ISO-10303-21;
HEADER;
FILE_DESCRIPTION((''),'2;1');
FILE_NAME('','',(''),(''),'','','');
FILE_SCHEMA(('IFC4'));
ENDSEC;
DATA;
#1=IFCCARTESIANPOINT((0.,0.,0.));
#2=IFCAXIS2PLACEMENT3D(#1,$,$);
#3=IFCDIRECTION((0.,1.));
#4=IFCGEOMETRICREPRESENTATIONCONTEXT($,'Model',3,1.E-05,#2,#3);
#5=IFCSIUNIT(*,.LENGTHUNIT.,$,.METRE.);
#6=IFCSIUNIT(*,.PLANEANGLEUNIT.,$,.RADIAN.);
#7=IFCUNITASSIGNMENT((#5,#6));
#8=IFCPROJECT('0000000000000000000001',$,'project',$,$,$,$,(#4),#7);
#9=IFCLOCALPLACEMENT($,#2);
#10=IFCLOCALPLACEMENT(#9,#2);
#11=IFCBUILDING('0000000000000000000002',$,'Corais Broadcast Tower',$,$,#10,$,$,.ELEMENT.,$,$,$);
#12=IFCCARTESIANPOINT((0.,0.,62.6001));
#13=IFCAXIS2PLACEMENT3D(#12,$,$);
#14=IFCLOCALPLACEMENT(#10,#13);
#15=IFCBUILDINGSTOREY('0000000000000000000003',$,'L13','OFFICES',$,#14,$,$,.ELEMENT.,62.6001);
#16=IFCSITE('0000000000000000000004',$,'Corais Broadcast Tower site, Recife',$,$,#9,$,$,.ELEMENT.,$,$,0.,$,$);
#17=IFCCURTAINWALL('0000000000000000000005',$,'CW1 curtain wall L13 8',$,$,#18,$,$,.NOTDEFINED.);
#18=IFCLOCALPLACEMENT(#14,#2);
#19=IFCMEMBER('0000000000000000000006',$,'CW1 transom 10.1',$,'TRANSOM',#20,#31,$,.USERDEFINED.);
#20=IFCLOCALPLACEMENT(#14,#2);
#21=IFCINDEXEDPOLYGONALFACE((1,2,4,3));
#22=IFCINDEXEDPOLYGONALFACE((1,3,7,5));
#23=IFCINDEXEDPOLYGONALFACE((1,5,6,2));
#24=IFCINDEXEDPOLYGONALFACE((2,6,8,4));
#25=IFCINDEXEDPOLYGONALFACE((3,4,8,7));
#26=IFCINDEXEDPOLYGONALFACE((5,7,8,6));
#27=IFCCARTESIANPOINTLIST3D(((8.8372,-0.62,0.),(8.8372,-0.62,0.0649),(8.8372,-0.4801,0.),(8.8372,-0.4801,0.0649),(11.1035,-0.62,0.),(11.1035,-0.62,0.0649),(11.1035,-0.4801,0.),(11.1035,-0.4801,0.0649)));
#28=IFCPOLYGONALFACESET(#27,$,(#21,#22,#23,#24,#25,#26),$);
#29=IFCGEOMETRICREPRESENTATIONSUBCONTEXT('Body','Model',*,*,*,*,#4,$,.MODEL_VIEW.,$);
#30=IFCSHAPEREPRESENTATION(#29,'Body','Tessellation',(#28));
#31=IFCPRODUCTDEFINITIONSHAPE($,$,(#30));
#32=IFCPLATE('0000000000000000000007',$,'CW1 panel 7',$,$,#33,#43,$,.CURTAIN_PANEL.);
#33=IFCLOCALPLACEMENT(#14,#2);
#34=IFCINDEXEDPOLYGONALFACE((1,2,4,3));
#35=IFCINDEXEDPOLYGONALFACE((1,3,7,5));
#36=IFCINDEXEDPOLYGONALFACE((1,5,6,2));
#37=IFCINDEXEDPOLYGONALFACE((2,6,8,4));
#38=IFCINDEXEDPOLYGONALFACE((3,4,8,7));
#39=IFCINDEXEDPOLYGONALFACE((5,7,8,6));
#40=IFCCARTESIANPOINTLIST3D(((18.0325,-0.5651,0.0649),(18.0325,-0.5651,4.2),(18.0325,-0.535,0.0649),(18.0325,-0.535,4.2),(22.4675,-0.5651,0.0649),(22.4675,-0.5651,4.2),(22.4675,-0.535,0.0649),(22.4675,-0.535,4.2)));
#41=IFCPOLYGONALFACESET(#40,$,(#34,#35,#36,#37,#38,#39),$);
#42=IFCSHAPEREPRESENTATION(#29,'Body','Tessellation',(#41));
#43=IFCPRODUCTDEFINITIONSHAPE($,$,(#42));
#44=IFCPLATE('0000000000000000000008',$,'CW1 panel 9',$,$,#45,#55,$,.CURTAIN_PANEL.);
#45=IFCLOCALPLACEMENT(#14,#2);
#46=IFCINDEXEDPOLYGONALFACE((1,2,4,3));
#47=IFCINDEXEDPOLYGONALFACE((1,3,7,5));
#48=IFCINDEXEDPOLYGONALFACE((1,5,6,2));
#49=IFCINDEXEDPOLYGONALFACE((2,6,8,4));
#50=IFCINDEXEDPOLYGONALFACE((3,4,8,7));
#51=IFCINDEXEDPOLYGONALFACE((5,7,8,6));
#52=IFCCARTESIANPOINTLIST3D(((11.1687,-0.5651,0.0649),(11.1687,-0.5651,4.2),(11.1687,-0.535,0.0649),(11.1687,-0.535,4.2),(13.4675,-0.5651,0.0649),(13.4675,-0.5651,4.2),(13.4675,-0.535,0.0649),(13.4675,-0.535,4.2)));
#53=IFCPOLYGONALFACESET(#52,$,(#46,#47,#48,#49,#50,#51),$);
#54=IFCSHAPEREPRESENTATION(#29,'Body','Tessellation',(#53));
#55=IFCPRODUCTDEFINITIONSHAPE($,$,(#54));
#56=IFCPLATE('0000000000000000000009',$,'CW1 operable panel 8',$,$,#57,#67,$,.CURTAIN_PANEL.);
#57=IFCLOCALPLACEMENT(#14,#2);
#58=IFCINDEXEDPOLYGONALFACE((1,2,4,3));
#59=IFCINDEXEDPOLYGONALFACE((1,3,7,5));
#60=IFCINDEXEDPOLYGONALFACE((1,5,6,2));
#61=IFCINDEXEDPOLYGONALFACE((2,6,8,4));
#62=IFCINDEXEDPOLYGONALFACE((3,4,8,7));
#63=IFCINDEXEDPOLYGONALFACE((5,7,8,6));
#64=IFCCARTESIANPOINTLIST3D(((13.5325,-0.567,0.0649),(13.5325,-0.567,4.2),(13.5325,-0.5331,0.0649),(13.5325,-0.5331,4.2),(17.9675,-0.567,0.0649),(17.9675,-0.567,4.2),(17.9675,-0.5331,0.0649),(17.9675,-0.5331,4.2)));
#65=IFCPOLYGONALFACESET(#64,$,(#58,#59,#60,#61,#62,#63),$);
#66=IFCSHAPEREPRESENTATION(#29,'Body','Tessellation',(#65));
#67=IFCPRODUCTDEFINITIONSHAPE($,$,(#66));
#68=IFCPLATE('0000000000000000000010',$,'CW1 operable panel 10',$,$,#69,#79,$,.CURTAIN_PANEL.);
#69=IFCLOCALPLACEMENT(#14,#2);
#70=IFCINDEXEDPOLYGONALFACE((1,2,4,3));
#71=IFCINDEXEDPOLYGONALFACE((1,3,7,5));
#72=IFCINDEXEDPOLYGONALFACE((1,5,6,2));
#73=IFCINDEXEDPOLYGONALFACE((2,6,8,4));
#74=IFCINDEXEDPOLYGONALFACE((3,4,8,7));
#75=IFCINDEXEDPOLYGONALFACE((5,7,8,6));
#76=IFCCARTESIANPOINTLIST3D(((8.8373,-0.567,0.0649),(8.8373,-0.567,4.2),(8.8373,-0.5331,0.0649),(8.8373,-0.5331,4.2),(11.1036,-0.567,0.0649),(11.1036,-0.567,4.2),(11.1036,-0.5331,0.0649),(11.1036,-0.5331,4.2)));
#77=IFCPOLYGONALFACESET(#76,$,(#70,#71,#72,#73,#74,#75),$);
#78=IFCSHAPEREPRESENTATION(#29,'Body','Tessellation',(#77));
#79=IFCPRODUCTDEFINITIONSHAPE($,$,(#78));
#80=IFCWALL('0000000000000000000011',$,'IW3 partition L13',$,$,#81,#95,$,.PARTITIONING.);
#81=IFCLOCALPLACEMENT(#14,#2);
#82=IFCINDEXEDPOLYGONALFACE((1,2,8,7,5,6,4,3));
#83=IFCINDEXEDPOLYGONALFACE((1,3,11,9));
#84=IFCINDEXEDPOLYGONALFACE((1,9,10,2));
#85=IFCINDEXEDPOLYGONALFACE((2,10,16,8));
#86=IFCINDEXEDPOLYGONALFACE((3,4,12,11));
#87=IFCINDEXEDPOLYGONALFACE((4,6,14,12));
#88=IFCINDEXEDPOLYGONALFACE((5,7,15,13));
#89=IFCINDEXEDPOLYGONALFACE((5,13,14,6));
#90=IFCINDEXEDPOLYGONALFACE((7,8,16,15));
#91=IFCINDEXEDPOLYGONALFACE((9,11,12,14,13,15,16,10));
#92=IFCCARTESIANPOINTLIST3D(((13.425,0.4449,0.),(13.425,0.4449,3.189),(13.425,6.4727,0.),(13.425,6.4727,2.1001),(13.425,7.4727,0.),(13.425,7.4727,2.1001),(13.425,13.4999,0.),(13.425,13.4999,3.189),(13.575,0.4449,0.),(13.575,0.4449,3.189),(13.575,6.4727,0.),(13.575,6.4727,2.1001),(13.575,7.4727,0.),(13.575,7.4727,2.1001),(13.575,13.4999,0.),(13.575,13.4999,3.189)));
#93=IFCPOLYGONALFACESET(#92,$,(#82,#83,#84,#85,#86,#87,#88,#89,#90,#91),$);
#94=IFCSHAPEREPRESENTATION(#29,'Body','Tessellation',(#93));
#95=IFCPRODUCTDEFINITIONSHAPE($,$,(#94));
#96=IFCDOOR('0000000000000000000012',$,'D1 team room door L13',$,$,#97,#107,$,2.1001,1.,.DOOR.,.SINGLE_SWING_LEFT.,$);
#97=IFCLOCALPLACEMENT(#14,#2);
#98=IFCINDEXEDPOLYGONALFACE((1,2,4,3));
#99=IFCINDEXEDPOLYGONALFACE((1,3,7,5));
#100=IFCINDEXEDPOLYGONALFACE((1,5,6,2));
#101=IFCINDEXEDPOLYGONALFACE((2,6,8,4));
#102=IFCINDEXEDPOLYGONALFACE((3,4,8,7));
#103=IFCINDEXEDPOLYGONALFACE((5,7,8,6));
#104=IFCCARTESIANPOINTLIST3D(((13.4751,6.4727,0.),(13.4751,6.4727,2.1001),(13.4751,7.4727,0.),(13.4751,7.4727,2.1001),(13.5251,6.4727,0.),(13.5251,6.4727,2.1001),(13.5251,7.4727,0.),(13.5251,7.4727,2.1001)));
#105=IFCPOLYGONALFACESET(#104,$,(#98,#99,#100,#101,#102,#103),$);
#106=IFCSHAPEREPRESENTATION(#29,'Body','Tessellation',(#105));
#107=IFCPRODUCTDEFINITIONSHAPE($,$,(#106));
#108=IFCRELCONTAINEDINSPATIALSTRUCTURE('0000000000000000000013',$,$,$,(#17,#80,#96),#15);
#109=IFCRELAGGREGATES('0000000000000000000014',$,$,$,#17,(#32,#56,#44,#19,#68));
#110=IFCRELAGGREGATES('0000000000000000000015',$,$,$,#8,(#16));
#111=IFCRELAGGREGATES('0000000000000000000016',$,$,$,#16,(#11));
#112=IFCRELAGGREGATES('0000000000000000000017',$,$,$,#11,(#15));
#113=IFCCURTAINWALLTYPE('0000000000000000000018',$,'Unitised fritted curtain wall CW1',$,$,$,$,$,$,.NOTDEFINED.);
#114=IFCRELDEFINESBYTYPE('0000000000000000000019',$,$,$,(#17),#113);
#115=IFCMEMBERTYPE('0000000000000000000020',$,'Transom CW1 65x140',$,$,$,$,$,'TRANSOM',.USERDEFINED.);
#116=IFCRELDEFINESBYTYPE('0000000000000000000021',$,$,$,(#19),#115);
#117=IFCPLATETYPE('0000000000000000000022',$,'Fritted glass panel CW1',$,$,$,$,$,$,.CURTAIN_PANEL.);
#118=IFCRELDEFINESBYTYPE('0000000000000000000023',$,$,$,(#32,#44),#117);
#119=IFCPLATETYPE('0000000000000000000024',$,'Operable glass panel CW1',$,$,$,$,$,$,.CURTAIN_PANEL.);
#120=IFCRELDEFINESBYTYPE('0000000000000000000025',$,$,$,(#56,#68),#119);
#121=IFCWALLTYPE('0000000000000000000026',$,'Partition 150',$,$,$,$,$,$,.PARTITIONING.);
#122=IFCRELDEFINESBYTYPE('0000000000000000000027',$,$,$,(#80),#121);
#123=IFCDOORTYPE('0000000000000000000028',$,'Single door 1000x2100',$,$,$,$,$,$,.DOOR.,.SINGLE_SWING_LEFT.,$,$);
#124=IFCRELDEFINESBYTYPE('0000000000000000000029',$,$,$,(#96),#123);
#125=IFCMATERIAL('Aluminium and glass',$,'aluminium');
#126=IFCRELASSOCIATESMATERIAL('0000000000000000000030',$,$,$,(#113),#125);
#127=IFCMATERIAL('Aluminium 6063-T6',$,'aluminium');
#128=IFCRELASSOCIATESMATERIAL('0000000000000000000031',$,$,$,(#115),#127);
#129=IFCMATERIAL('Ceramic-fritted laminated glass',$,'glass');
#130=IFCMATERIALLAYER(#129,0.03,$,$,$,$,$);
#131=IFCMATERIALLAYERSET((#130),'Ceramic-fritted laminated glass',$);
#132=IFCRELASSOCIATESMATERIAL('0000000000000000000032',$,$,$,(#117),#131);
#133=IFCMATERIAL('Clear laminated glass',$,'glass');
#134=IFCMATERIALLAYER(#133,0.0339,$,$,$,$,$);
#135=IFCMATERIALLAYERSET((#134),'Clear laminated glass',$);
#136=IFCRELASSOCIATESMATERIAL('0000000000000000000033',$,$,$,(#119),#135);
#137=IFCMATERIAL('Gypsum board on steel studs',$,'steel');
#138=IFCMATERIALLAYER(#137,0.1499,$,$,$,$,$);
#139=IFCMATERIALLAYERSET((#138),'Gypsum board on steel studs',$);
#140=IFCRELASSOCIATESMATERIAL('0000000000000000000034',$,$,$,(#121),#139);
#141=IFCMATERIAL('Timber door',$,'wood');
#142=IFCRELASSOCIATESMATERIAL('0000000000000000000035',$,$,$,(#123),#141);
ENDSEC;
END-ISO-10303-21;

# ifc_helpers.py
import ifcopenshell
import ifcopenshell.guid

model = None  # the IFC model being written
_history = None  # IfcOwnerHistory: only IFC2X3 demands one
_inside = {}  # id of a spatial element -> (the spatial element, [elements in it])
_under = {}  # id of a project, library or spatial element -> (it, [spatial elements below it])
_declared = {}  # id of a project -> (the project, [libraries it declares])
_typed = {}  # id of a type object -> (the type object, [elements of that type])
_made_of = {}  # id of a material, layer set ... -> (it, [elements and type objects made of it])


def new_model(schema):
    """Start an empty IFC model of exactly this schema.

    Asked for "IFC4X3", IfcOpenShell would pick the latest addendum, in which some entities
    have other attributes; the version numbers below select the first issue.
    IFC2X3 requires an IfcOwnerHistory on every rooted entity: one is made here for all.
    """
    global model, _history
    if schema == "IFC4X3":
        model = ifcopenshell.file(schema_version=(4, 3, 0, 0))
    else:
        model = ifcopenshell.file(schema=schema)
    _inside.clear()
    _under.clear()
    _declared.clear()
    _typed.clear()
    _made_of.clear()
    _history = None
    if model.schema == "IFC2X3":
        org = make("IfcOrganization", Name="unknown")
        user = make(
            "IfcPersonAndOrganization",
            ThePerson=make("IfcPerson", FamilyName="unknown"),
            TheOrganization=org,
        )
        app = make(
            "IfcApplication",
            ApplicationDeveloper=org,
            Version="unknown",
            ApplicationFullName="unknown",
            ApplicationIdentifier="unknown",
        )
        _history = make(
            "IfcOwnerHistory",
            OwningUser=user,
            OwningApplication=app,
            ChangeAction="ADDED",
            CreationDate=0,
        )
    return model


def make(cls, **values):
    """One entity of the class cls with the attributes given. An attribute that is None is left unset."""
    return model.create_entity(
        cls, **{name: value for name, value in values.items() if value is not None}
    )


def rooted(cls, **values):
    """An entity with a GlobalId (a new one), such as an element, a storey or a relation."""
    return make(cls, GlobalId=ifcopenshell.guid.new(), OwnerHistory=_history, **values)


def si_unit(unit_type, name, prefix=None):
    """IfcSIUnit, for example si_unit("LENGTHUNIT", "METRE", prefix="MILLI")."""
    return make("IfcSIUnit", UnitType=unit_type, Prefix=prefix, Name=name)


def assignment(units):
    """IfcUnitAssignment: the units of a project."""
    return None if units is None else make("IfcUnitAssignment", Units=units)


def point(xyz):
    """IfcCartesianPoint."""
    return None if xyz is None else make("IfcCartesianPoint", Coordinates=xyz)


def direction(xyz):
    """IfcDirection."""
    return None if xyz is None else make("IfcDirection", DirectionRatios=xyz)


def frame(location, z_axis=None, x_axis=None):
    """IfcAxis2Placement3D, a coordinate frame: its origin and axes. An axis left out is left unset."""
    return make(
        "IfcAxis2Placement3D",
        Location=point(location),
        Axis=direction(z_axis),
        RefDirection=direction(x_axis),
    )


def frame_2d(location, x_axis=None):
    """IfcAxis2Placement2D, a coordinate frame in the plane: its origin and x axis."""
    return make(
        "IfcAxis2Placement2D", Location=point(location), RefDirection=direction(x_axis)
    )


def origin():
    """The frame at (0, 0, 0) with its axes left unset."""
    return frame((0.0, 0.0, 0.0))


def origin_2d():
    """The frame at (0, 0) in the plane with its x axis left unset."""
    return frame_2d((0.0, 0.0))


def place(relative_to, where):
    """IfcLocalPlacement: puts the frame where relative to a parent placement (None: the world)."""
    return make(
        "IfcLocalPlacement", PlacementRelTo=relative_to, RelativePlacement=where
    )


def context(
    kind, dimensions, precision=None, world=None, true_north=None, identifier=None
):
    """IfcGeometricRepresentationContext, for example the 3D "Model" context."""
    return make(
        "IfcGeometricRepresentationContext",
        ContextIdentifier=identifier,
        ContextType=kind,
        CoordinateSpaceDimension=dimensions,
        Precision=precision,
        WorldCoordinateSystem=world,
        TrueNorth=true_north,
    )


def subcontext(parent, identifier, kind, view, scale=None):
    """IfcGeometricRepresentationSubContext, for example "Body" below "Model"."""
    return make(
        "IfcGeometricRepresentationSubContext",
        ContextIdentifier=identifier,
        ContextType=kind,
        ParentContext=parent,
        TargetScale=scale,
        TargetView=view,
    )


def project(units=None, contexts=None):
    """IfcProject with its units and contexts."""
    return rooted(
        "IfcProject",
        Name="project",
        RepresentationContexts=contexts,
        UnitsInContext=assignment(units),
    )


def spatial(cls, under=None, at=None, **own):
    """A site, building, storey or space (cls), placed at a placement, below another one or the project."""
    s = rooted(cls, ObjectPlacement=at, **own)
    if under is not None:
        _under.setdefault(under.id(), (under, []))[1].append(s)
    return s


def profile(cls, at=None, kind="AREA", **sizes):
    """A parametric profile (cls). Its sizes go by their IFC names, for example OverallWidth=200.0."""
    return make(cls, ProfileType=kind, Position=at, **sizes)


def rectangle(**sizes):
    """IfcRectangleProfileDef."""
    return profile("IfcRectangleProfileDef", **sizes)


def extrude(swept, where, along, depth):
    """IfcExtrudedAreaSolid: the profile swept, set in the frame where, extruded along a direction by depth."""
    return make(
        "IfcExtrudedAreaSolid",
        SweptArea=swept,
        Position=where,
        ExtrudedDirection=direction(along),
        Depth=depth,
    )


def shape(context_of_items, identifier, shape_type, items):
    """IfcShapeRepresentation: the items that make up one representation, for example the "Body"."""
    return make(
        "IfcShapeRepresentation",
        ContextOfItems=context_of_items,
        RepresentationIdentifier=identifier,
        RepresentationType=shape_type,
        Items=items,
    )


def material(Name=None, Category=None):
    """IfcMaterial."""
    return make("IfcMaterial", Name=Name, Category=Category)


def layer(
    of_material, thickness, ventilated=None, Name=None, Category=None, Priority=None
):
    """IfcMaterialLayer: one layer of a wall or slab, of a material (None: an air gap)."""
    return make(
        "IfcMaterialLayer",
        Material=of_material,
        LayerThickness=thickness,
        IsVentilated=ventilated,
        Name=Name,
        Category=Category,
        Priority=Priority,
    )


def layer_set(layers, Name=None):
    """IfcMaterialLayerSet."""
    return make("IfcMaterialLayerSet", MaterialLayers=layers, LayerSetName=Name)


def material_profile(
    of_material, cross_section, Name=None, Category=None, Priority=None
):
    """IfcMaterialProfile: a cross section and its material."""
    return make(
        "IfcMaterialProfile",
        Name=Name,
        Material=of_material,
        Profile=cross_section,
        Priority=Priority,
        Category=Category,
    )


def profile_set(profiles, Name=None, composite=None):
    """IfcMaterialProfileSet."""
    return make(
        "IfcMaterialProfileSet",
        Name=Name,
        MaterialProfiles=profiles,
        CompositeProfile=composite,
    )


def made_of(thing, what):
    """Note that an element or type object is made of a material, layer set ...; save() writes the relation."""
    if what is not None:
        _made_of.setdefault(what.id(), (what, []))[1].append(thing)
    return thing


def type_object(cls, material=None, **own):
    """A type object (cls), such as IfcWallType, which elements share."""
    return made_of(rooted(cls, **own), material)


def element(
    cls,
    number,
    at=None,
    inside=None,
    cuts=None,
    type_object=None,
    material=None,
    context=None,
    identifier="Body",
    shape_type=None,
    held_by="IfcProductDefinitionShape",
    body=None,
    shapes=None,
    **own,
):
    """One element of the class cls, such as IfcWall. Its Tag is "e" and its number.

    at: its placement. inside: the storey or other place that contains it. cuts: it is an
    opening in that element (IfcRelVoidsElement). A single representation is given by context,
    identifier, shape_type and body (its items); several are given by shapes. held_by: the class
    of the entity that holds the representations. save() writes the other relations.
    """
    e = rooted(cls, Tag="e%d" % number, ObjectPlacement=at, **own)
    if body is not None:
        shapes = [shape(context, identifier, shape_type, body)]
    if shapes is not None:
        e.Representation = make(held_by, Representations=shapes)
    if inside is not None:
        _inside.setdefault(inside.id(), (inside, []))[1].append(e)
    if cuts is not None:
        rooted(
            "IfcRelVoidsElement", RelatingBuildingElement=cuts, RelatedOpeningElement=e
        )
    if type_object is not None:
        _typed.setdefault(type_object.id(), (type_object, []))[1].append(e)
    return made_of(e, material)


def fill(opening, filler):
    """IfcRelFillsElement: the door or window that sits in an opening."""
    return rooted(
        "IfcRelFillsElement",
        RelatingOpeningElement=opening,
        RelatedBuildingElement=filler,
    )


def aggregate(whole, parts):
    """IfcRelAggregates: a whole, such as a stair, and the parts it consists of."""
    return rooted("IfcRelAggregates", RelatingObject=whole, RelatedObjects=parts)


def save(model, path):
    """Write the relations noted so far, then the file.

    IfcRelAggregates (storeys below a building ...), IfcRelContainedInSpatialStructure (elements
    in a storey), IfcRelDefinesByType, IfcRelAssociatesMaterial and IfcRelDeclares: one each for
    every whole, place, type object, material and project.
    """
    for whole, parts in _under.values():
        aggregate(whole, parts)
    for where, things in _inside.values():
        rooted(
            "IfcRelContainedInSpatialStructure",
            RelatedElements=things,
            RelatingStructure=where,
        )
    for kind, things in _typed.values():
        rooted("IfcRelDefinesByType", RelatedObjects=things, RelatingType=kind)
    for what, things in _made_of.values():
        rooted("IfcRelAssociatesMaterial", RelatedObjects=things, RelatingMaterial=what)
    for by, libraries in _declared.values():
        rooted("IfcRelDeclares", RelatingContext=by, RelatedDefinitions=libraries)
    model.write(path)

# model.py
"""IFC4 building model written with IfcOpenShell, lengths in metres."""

from ifc_helpers import new_model, si_unit, direction, frame, frame_2d, origin, origin_2d, place, context, subcontext, project, spatial, rectangle, extrude, material, layer, layer_set, material_profile, profile_set, type_object, element, fill, aggregate, save


model = new_model("IFC4")

# Units and contexts
model_context = context("Model", 3, precision=1e-05, world=origin(), true_north=direction((0.0, 1.0)))
body_context = subcontext(model_context, "Body", "Model", "MODEL_VIEW")
ifc_project = project(units=[si_unit("LENGTHUNIT", "METRE"), si_unit("PLANEANGLEUNIT", "RADIAN")], contexts=[model_context])

# Site, building, storey
site_placement = place(None, origin())
site = spatial("IfcSite", under=ifc_project, at=site_placement, Name="Corais Broadcast Tower site, Recife", CompositionType="ELEMENT", RefElevation=0.0)
building_placement = place(site_placement, origin())
building = spatial("IfcBuilding", under=site, at=building_placement, Name="Corais Broadcast Tower", CompositionType="ELEMENT")
storey_placement = place(building_placement, frame((0.0, 0.0, 62.6001)))
storey = spatial("IfcBuildingStorey", under=building, at=storey_placement, Name="L13", Description="OFFICES", CompositionType="ELEMENT", Elevation=62.6001)

# Shared definitions
ifc_material_1 = material(Name="Aluminium and glass", Category="aluminium")
curtain_wall_type = type_object("IfcCurtainWallType", Name="Unitised fritted curtain wall CW1", PredefinedType="NOTDEFINED", material=ifc_material_1)

# Curtain wall
curtain_wall_1_placement = place(storey_placement, origin())
curtain_wall_1 = element("IfcCurtainWall", 1, at=curtain_wall_1_placement, inside=storey, type_object=curtain_wall_type, Name="CW1 curtain wall L13 8", PredefinedType="NOTDEFINED")

# Member
ifc_material_2 = material(Name="Aluminium 6063-T6", Category="aluminium")
ifc_material_profile_1 = material_profile(ifc_material_2, rectangle(XDim=0.1399, YDim=0.0649, at=origin_2d()), Name="Transom CW1 65x140")
ifc_profile_set_1 = profile_set([ifc_material_profile_1], Name="Aluminium 6063-T6")
member_type_1 = type_object("IfcMemberType", Name="Transom CW1 65x140", ElementType="TRANSOM", PredefinedType="USERDEFINED", material=ifc_profile_set_1)
member_1_placement = place(storey_placement, frame((11.1035, -0.55, 0.0325), z_axis=(-1.0, 0.0, 0.0), x_axis=(0.0, -1.0, 0.0)))
member_1 = element("IfcMember", 2, at=member_1_placement, type_object=member_type_1, Name="CW1 transom 10.1", ObjectType="TRANSOM", PredefinedType="USERDEFINED", context=body_context, shape_type="SweptSolid", body=[
    extrude(rectangle(XDim=0.1399, YDim=0.0649, at=origin_2d()), origin(), (0.0, 0.0, 1.0), 2.2664),
])

# Plates
ifc_material_3 = material(Name="Ceramic-fritted laminated glass", Category="glass")
ifc_layer_1 = layer(ifc_material_3, 0.03)
ifc_layer_set_1 = layer_set([ifc_layer_1], Name="Ceramic-fritted laminated glass")
plate_type_1 = type_object("IfcPlateType", Name="Fritted glass panel CW1", PredefinedType="CURTAIN_PANEL", material=ifc_layer_set_1)
plate_1_placement = place(storey_placement, frame((20.25, -0.55, 0.0649), z_axis=(0.0, 0.0, 1.0), x_axis=(-1.0, 0.0, 0.0)))
plate_1 = element("IfcPlate", 3, at=plate_1_placement, type_object=plate_type_1, Name="CW1 panel 7", PredefinedType="CURTAIN_PANEL", context=body_context, shape_type="SweptSolid", body=[
    extrude(rectangle(XDim=4.4351, YDim=0.03, at=origin_2d()), origin(), (0.0, 0.0, 1.0), 4.135),
])
plate_2_placement = place(storey_placement, frame((12.3181, -0.55, 0.0649), z_axis=(0.0, 0.0, 1.0), x_axis=(-1.0, 0.0, 0.0)))
plate_2 = element("IfcPlate", 4, at=plate_2_placement, type_object=plate_type_1, Name="CW1 panel 9", PredefinedType="CURTAIN_PANEL", context=body_context, shape_type="SweptSolid", body=[
    extrude(rectangle(XDim=2.2988, YDim=0.03, at=origin_2d()), origin(), (0.0, 0.0, 1.0), 4.135),
])
ifc_material_4 = material(Name="Clear laminated glass", Category="glass")
ifc_layer_2 = layer(ifc_material_4, 0.0339)
ifc_layer_set_2 = layer_set([ifc_layer_2], Name="Clear laminated glass")
plate_type_2 = type_object("IfcPlateType", Name="Operable glass panel CW1", PredefinedType="CURTAIN_PANEL", material=ifc_layer_set_2)
plate_3_placement = place(storey_placement, frame((15.75, -0.55, 0.0649), z_axis=(0.0, 0.0, 1.0), x_axis=(-1.0, 0.0, 0.0)))
plate_3 = element("IfcPlate", 5, at=plate_3_placement, type_object=plate_type_2, Name="CW1 operable panel 8", PredefinedType="CURTAIN_PANEL", context=body_context, shape_type="SweptSolid", body=[
    extrude(rectangle(XDim=4.4351, YDim=0.0339, at=origin_2d()), origin(), (0.0, 0.0, 1.0), 4.135),
])
plate_4_placement = place(storey_placement, frame((9.9705, -0.55, 0.0649), z_axis=(0.0, 0.0, 1.0), x_axis=(-1.0, 0.0, 0.0)))
plate_4 = element("IfcPlate", 6, at=plate_4_placement, type_object=plate_type_2, Name="CW1 operable panel 10", PredefinedType="CURTAIN_PANEL", context=body_context, shape_type="SweptSolid", body=[
    extrude(rectangle(XDim=2.2664, YDim=0.0339, at=origin_2d()), origin(), (0.0, 0.0, 1.0), 4.135),
])
aggregate(curtain_wall_1, [plate_1, plate_3, plate_2, member_1, plate_4])

# Wall, opening, door
ifc_material_5 = material(Name="Gypsum board on steel studs", Category="steel")
ifc_layer_3 = layer(ifc_material_5, 0.1499)
ifc_layer_set_3 = layer_set([ifc_layer_3], Name="Gypsum board on steel studs")
wall_type = type_object("IfcWallType", Name="Partition 150", PredefinedType="PARTITIONING", material=ifc_layer_set_3)
wall_placement = place(storey_placement, frame((13.5, 0.4451, 0.0), z_axis=(0.0, 0.0, 1.0), x_axis=(0.0, 1.0, 0.0)))
wall = element("IfcWall", 7, at=wall_placement, inside=storey, type_object=wall_type, Name="IW3 partition L13", PredefinedType="PARTITIONING", context=body_context, shape_type="SweptSolid", body=[
    extrude(rectangle(XDim=13.0549, YDim=0.1499, at=frame_2d((6.5273, 0.0))), origin(), (0.0, 0.0, 1.0), 3.189),
])
opening_placement = place(wall_placement, frame((6.0276, 0.0, 0.0)))
opening = element("IfcOpeningElement", 8, at=opening_placement, cuts=wall, PredefinedType="OPENING", context=body_context, shape_type="SweptSolid", body=[
    extrude(rectangle(XDim=1.0, YDim=2.1001, at=frame_2d((0.5, 1.05))), frame((0.0, 0.085, 0.0), z_axis=(0.0, -1.0, 0.0), x_axis=(1.0, 0.0, 0.0)), (0.0, 0.0, 1.0), 0.1699),
])
ifc_material_6 = material(Name="Timber door", Category="wood")
door_type = type_object("IfcDoorType", Name="Single door 1000x2100", OperationType="SINGLE_SWING_LEFT", PredefinedType="DOOR", material=ifc_material_6)
door_placement = place(opening_placement, origin())
door = element("IfcDoor", 9, at=door_placement, inside=storey, type_object=door_type, Name="D1 team room door L13", OperationType="SINGLE_SWING_LEFT", OverallHeight=2.1001, OverallWidth=1.0, PredefinedType="DOOR", context=body_context, shape_type="SweptSolid", body=[
    extrude(rectangle(XDim=1.0, YDim=2.1001, at=frame_2d((0.5, 1.05))), frame((0.0, 0.0249, 0.0), z_axis=(0.0, -1.0, 0.0), x_axis=(1.0, 0.0, 0.0)), (0.0, 0.0, 1.0), 0.05),
])
fill(opening, door)

save(model, "model.ifc")
